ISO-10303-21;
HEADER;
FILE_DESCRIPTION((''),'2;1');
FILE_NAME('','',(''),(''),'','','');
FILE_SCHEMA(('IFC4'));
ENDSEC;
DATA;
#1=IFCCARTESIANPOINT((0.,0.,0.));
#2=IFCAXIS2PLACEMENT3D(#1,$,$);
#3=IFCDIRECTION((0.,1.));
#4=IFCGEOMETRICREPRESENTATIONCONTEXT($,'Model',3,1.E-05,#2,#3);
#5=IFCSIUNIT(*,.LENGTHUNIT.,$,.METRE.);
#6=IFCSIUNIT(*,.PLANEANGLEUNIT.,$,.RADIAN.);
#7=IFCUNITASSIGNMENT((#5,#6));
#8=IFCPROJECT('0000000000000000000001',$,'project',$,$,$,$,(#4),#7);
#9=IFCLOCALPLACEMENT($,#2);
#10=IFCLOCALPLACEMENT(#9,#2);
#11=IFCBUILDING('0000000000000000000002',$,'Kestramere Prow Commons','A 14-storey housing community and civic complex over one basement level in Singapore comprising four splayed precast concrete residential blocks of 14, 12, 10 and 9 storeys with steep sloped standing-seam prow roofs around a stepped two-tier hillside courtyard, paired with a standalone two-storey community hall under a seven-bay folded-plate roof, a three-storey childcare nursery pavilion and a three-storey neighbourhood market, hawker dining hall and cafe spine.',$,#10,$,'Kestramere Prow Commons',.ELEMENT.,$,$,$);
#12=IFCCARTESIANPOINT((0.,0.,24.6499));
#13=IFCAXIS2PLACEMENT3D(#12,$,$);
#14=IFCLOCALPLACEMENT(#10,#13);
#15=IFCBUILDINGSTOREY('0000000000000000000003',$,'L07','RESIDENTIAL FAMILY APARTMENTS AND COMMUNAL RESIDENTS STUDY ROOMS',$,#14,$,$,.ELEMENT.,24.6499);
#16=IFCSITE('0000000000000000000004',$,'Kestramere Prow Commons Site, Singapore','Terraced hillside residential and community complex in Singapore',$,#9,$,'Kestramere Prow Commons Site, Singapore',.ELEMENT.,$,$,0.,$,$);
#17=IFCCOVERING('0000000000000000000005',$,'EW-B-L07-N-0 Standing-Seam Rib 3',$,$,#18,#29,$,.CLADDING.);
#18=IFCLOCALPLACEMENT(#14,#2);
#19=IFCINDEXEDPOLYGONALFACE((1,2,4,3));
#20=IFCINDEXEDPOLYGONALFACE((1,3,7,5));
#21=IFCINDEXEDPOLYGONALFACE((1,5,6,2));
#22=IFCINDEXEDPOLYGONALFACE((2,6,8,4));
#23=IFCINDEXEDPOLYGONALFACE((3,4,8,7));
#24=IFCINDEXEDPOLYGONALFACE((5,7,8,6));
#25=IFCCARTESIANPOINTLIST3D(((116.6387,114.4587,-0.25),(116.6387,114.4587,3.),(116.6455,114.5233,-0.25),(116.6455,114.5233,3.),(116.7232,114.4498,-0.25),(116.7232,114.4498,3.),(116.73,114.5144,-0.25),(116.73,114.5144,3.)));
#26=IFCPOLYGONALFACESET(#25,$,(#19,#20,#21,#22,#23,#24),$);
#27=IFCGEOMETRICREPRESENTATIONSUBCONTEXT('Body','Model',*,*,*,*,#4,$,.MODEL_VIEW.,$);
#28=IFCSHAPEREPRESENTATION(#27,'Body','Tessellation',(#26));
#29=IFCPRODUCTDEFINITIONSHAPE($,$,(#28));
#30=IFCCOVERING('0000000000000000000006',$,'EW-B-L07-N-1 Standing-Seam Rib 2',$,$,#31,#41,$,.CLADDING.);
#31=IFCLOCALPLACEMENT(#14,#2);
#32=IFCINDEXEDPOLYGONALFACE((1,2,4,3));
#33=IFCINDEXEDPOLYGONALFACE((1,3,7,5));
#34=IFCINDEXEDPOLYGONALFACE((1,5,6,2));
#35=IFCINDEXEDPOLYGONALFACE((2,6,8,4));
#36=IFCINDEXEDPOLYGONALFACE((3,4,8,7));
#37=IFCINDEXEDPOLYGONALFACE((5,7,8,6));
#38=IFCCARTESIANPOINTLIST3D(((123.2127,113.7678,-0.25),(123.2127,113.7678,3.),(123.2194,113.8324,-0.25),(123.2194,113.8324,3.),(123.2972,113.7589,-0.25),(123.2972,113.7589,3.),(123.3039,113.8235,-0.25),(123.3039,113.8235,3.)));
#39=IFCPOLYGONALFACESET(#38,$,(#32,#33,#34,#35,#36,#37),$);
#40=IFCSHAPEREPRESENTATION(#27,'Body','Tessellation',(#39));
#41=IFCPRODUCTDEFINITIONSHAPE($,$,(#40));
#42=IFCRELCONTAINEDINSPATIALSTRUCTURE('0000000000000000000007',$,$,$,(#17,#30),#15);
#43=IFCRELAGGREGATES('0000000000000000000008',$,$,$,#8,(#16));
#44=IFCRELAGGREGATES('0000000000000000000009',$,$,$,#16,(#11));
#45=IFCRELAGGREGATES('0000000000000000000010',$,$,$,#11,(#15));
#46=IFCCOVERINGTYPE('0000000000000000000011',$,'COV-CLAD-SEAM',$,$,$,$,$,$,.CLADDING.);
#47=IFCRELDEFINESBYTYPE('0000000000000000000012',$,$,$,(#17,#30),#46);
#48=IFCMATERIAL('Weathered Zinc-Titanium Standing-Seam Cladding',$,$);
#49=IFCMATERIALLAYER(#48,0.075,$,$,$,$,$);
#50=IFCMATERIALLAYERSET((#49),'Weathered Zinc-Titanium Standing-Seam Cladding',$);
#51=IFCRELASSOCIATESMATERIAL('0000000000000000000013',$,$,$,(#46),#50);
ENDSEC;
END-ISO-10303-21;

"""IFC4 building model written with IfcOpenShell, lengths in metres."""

from ifc_helpers import new_model, si_unit, direction, frame, origin, origin_2d, place, context, subcontext, project, spatial, rectangle, extrude, material, layer, layer_set, type_object, element, save


model = new_model("IFC4")

# Units and contexts
model_context = context("Model", 3, precision=1e-05, world=origin(), true_north=direction((0.0, 1.0)))
body_context = subcontext(model_context, "Body", "Model", "MODEL_VIEW")
ifc_project = project(units=[si_unit("LENGTHUNIT", "METRE"), si_unit("PLANEANGLEUNIT", "RADIAN")], contexts=[model_context])

# Site, building, storey
site_placement = place(None, origin())
site = spatial("IfcSite", under=ifc_project, at=site_placement, Name="Kestramere Prow Commons Site, Singapore", Description="Terraced hillside residential and community complex in Singapore", LongName="Kestramere Prow Commons Site, Singapore", CompositionType="ELEMENT", RefElevation=0.0)
building_placement = place(site_placement, origin())
building = spatial("IfcBuilding", under=site, at=building_placement, Name="Kestramere Prow Commons", Description="A 14-storey housing community and civic complex over one basement level in Singapore comprising four splayed precast concrete residential blocks of 14, 12, 10 and 9 storeys with steep sloped standing-seam prow roofs around a stepped two-tier hillside courtyard, paired with a standalone two-storey community hall under a seven-bay folded-plate roof, a three-storey childcare nursery pavilion and a three-storey neighbourhood market, hawker dining hall and cafe spine.", LongName="Kestramere Prow Commons", CompositionType="ELEMENT")
storey_placement = place(building_placement, frame((0.0, 0.0, 24.6499)))
storey = spatial("IfcBuildingStorey", under=building, at=storey_placement, Name="L07", Description="RESIDENTIAL FAMILY APARTMENTS AND COMMUNAL RESIDENTS STUDY ROOMS", CompositionType="ELEMENT", Elevation=24.6499)

# Coverings
ifc_material_1 = material(Name="Weathered Zinc-Titanium Standing-Seam Cladding")
ifc_layer_1 = layer(ifc_material_1, 0.075)
ifc_layer_set_1 = layer_set([ifc_layer_1], Name="Weathered Zinc-Titanium Standing-Seam Cladding")
covering_type = type_object("IfcCoveringType", Name="COV-CLAD-SEAM", PredefinedType="CLADDING", material=ifc_layer_set_1)
for number, where, z_axis, x_axis, name in (
    (1, (116.6843, 114.4866, -0.25), (0.0, 0.0, 1.0), (0.994522, -0.104528, 0.0), "EW-B-L07-N-0 Standing-Seam Rib 3"),
    (2, (123.2583, 113.7957, -0.25), (0.0, 0.0, 1.0), (0.994522, -0.104528, 0.0), "EW-B-L07-N-1 Standing-Seam Rib 2"),
):
    element("IfcCovering", number, at=place(storey_placement, frame(where, z_axis=z_axis, x_axis=x_axis)), inside=storey, type_object=covering_type, Name=name, PredefinedType="CLADDING", context=body_context, shape_type="SweptSolid", body=[
        extrude(rectangle(XDim=0.085, YDim=0.0649, at=origin_2d()), origin(), (0.0, 0.0, 1.0), 3.25),
    ])

save(model, "model.ifc")
